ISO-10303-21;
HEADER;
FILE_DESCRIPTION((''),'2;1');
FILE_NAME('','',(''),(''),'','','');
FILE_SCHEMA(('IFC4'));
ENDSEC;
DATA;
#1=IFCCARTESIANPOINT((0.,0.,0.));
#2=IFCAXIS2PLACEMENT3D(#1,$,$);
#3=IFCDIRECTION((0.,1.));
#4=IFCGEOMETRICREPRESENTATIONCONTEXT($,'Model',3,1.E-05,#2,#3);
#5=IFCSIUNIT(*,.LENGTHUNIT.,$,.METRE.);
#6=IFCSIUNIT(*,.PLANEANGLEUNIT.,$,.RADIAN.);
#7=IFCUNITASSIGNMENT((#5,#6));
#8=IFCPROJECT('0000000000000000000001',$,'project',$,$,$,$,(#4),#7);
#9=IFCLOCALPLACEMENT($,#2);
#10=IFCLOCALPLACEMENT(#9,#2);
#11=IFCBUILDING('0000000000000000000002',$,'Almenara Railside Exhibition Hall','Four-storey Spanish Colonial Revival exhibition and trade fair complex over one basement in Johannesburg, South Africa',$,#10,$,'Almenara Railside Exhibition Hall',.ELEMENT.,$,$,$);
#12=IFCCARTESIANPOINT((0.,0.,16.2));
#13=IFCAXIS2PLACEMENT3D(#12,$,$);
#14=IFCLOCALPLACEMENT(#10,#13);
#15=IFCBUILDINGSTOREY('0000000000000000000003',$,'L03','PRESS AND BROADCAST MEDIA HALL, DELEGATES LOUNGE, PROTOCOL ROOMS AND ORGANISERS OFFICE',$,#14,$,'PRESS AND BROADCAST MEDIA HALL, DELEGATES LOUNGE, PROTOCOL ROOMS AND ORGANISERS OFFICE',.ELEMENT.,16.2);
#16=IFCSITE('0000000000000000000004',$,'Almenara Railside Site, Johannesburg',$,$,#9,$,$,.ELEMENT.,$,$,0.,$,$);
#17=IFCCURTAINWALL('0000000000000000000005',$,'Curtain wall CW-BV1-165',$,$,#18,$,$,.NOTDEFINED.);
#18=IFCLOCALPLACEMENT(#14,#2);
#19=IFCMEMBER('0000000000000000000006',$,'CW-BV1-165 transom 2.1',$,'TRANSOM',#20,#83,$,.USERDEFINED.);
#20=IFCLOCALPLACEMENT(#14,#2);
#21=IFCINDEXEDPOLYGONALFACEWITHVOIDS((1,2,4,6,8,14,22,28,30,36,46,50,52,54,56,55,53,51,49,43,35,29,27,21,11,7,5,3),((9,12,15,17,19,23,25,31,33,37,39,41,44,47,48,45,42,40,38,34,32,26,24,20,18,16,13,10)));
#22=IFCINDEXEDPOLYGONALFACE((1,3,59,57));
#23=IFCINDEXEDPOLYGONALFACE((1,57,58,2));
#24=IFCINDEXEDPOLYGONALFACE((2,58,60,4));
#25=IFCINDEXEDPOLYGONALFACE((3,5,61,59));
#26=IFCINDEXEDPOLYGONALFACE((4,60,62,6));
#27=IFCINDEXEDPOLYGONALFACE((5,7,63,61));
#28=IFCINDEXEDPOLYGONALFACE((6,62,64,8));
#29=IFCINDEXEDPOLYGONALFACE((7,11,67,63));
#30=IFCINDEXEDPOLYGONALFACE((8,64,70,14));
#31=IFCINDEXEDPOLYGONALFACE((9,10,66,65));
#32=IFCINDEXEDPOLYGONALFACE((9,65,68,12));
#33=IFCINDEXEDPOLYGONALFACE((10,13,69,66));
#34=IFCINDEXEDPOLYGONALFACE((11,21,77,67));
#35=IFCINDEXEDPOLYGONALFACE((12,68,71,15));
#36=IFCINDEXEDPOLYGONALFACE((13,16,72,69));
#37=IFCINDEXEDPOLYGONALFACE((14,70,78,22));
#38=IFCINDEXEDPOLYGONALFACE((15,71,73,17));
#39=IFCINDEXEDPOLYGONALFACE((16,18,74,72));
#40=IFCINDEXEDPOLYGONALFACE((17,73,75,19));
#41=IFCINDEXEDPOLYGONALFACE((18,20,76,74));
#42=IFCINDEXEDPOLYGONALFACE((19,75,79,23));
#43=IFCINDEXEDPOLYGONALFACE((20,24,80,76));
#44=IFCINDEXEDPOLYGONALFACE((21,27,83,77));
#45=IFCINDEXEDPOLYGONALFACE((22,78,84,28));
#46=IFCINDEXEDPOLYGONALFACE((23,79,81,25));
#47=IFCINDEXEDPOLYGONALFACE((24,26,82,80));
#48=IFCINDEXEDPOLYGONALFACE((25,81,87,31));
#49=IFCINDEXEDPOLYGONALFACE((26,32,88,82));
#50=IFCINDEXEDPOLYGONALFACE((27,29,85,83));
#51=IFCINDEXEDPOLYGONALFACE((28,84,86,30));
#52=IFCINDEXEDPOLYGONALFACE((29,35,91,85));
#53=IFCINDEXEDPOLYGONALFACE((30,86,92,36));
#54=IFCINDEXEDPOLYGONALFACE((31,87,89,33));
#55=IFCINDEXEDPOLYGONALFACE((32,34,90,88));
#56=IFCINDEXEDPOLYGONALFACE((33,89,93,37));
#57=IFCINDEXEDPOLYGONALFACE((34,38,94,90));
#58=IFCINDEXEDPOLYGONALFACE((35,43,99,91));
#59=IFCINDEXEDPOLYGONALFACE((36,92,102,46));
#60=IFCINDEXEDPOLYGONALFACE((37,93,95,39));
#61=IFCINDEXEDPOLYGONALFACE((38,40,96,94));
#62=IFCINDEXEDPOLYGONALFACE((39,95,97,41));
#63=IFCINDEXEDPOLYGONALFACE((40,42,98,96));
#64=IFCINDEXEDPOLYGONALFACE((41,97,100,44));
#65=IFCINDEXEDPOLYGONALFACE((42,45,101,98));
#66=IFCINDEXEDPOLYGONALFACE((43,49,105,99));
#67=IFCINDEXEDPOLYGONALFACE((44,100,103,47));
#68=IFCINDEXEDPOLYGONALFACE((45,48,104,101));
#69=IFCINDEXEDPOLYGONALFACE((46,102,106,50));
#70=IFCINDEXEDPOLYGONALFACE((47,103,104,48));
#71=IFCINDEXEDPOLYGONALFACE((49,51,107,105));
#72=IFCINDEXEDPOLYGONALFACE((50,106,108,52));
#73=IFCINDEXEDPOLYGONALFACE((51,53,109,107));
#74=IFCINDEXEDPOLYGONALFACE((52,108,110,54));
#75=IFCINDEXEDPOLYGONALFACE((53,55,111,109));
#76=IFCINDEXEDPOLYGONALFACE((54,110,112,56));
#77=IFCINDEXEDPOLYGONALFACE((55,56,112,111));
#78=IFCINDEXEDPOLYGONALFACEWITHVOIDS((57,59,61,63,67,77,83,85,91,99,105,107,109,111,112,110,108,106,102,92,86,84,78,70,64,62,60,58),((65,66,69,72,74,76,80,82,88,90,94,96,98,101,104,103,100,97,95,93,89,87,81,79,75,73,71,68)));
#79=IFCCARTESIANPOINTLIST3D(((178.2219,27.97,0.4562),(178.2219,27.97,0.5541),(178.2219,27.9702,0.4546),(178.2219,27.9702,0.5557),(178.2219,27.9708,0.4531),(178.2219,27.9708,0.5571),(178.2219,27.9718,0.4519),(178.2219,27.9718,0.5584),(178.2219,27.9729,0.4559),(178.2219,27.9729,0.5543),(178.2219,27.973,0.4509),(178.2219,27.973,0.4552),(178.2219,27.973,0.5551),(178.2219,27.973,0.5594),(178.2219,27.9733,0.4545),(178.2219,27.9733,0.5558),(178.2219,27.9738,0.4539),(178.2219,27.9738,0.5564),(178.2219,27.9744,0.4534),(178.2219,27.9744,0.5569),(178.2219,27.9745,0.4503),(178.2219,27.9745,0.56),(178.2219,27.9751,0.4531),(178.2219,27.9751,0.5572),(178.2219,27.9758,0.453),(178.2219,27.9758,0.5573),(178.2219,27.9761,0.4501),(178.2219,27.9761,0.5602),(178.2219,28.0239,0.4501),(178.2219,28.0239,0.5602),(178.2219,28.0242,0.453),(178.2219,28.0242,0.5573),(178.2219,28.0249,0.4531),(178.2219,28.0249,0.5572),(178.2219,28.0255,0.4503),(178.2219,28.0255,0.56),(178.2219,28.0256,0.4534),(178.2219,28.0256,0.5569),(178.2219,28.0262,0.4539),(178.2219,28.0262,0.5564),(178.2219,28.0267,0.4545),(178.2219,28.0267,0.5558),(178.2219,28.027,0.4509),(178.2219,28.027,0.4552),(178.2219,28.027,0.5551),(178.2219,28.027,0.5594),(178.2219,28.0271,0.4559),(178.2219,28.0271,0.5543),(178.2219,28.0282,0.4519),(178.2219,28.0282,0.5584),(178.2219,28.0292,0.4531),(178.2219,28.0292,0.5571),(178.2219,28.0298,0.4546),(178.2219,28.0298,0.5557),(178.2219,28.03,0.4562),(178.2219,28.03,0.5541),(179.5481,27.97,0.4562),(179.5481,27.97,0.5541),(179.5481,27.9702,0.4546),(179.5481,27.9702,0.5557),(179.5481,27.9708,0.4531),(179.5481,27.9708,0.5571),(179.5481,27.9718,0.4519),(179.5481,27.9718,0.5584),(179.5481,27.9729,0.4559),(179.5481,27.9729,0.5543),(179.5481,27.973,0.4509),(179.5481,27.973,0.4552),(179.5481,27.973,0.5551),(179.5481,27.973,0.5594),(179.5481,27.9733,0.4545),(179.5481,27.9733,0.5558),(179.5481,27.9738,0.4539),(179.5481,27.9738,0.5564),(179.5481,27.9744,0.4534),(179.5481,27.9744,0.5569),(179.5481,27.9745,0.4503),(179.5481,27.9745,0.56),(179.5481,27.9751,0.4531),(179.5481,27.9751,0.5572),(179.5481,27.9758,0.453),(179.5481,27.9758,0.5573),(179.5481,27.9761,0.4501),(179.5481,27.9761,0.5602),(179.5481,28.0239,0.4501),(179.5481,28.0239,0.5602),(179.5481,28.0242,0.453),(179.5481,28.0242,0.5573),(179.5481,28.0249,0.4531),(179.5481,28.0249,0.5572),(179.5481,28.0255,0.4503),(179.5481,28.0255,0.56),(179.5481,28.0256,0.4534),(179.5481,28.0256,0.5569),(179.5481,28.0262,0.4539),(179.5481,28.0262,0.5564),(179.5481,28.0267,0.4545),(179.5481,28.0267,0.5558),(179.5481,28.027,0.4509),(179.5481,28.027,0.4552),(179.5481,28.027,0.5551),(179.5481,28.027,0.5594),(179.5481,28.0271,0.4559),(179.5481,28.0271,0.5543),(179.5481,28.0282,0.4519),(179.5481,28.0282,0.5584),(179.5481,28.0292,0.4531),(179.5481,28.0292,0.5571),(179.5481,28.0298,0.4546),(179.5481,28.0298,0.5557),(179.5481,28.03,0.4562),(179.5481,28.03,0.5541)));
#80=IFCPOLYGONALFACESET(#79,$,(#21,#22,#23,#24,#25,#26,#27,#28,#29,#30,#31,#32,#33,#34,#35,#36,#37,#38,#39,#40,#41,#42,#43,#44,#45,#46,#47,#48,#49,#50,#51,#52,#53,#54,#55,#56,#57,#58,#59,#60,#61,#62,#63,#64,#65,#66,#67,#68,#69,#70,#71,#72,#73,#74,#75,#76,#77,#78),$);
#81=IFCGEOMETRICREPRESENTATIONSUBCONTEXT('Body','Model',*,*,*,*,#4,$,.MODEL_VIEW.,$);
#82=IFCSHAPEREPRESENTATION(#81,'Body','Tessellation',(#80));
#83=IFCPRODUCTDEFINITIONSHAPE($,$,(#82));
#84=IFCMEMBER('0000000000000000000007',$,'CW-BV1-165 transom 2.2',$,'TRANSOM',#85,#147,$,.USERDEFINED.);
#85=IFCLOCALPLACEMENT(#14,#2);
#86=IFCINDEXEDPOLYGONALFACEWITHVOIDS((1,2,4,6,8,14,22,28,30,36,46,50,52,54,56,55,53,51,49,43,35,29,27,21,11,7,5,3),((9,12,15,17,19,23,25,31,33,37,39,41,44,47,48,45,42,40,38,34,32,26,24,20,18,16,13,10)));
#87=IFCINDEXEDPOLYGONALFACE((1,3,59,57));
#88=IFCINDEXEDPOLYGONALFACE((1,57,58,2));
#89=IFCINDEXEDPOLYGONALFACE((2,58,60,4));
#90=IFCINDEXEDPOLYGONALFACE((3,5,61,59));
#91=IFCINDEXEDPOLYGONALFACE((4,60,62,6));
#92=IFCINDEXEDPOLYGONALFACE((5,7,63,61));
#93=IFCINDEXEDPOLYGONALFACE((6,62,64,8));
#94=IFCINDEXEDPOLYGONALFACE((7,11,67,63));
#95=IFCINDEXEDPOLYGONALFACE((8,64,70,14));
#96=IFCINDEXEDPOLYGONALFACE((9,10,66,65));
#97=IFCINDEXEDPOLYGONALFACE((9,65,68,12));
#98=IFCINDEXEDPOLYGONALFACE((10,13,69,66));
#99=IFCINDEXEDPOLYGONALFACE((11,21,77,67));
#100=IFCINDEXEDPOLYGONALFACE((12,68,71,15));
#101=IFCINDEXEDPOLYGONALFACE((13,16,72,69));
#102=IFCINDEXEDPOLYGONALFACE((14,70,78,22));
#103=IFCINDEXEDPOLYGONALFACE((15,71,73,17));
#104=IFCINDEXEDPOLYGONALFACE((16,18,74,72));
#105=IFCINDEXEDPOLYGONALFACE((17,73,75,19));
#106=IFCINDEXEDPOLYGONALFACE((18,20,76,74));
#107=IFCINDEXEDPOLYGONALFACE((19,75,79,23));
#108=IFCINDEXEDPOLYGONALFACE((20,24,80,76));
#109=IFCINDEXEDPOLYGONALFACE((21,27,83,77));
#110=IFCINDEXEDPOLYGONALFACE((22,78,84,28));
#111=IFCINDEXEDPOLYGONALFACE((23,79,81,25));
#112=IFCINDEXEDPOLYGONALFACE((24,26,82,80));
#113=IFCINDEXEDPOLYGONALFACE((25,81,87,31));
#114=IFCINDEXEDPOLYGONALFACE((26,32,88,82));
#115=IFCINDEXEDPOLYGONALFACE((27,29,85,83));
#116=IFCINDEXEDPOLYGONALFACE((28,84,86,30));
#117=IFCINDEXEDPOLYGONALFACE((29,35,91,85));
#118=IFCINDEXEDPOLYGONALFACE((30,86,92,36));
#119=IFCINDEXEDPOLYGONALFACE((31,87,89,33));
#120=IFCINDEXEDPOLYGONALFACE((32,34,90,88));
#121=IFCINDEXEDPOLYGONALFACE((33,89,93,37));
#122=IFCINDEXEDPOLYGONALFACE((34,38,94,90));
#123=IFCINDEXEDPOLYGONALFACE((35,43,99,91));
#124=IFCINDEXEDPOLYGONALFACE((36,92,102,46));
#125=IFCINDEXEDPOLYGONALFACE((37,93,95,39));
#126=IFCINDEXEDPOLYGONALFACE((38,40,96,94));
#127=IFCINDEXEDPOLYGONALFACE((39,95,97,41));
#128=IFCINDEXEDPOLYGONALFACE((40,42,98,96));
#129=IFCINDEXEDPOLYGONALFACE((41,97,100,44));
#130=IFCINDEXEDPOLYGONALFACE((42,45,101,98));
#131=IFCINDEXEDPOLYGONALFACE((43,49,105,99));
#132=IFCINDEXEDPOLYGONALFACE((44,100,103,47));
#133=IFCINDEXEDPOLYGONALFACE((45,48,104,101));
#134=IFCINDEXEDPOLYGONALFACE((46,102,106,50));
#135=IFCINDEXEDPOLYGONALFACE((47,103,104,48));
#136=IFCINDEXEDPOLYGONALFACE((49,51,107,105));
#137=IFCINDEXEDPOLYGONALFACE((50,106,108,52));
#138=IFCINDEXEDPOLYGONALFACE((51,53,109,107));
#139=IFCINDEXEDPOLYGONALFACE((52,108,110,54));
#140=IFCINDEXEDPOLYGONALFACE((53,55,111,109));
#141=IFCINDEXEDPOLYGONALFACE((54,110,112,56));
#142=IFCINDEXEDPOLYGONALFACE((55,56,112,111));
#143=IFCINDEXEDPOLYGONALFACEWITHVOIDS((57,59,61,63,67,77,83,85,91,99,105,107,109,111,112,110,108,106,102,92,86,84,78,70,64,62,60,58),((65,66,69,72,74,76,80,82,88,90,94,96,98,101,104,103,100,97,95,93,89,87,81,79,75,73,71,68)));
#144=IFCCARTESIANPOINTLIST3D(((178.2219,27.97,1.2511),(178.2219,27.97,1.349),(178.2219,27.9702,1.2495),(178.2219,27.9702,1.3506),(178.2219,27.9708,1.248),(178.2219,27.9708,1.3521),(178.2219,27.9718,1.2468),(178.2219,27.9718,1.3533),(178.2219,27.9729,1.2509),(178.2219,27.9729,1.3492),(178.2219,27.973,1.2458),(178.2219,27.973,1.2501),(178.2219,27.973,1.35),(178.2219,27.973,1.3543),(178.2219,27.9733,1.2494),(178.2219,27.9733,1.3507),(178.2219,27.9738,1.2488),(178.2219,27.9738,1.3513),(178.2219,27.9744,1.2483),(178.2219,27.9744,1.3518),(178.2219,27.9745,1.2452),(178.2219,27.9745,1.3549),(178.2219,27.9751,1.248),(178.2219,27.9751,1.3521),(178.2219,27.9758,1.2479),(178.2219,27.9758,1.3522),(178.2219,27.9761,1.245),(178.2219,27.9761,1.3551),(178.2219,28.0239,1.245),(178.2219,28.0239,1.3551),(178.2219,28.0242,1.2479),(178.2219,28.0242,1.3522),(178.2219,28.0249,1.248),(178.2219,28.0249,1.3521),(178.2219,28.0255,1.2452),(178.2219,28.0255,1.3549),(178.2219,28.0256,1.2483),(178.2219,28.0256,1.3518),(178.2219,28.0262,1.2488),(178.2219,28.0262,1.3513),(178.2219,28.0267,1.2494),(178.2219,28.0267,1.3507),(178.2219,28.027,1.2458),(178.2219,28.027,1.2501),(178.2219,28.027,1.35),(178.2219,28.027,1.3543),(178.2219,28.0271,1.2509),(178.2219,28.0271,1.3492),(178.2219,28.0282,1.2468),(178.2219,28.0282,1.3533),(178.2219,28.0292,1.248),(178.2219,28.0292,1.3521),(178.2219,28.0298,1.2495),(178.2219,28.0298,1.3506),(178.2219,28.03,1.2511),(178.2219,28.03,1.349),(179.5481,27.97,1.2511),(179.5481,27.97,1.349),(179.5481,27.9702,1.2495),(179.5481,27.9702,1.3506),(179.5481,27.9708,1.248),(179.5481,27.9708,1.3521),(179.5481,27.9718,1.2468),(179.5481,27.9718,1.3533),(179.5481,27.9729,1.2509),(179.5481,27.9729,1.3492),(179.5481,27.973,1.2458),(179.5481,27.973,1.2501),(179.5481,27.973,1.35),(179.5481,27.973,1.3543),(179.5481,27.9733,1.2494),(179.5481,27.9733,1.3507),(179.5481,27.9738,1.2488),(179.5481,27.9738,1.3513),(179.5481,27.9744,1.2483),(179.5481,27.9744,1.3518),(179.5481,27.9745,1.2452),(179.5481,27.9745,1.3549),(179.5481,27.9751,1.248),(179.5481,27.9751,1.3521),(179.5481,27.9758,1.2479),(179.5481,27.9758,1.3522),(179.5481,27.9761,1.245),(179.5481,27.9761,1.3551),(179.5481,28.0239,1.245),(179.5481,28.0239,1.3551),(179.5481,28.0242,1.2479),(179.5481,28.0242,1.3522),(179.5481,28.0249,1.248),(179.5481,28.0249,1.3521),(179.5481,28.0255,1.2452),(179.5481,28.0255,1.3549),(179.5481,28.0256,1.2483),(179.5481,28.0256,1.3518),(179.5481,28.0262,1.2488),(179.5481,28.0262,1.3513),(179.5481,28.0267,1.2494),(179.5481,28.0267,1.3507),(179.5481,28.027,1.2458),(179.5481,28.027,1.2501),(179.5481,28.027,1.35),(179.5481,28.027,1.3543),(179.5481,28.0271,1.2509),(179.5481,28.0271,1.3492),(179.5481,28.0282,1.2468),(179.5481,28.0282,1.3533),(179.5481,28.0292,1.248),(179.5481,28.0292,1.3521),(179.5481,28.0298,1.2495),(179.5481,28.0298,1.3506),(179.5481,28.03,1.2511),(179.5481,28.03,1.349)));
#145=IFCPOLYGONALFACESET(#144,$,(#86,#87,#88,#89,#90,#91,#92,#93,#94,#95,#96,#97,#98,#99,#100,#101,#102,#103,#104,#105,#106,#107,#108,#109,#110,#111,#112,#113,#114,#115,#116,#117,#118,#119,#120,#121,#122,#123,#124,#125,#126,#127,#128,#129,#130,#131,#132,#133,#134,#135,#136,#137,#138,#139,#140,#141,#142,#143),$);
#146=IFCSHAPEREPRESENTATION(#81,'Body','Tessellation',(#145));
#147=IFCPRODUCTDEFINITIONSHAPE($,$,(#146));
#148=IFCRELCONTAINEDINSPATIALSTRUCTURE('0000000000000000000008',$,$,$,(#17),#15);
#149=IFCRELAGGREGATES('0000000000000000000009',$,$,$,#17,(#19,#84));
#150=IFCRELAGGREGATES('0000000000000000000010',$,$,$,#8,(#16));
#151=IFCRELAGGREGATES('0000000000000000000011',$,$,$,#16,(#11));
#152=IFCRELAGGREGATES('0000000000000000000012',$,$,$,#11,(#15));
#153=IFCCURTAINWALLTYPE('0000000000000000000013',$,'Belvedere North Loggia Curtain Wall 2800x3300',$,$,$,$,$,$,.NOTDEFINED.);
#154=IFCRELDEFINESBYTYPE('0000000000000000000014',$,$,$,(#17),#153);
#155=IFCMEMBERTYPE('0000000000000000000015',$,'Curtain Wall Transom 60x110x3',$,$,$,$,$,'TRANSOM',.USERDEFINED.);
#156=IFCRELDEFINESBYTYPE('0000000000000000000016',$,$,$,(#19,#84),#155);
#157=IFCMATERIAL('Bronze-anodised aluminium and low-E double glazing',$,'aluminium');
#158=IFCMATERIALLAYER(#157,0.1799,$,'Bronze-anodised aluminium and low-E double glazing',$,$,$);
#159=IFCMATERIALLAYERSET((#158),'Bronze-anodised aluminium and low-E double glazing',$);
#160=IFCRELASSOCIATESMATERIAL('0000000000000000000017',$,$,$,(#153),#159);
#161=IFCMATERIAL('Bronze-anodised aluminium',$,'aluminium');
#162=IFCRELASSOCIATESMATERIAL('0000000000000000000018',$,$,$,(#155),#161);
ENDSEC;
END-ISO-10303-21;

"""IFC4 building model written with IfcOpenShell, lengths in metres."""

from ifc_helpers import new_model, si_unit, direction, frame, origin, origin_2d, place, context, subcontext, project, spatial, hollow_rectangle, extrude, material, layer, layer_set, material_profile, profile_set, type_object, element, aggregate, save


model = new_model("IFC4")

# Units and contexts
model_context = context("Model", 3, precision=1e-05, world=origin(), true_north=direction((0.0, 1.0)))
body_context = subcontext(model_context, "Body", "Model", "MODEL_VIEW")
ifc_project = project(units=[si_unit("LENGTHUNIT", "METRE"), si_unit("PLANEANGLEUNIT", "RADIAN")], contexts=[model_context])

# Site, building, storey
site_placement = place(None, origin())
site = spatial("IfcSite", under=ifc_project, at=site_placement, Name="Almenara Railside Site, Johannesburg", CompositionType="ELEMENT", RefElevation=0.0)
building_placement = place(site_placement, origin())
building = spatial("IfcBuilding", under=site, at=building_placement, Name="Almenara Railside Exhibition Hall", Description="Four-storey Spanish Colonial Revival exhibition and trade fair complex over one basement in Johannesburg, South Africa", LongName="Almenara Railside Exhibition Hall", CompositionType="ELEMENT")
storey_placement = place(building_placement, frame((0.0, 0.0, 16.2)))
storey = spatial("IfcBuildingStorey", under=building, at=storey_placement, Name="L03", Description="PRESS AND BROADCAST MEDIA HALL, DELEGATES LOUNGE, PROTOCOL ROOMS AND ORGANISERS OFFICE", LongName="PRESS AND BROADCAST MEDIA HALL, DELEGATES LOUNGE, PROTOCOL ROOMS AND ORGANISERS OFFICE", CompositionType="ELEMENT", Elevation=16.2)

# Shared definitions
ifc_material_1 = material(Name="Bronze-anodised aluminium and low-E double glazing", Category="aluminium")
ifc_layer_1 = layer(ifc_material_1, 0.1799, Name="Bronze-anodised aluminium and low-E double glazing")
ifc_layer_set_1 = layer_set([ifc_layer_1], Name="Bronze-anodised aluminium and low-E double glazing")
curtain_wall_type = type_object("IfcCurtainWallType", Name="Belvedere North Loggia Curtain Wall 2800x3300", PredefinedType="NOTDEFINED", material=ifc_layer_set_1)
ifc_material_2 = material(Name="Bronze-anodised aluminium", Category="aluminium")

# Curtain wall
curtain_wall_1_placement = place(storey_placement, origin())
curtain_wall_1 = element("IfcCurtainWall", 1, at=curtain_wall_1_placement, inside=storey, type_object=curtain_wall_type, Name="Curtain wall CW-BV1-165", PredefinedType="NOTDEFINED")

# Members
ifc_material_profile_1 = material_profile(ifc_material_2, hollow_rectangle(XDim=0.0601, YDim=0.1101, WallThickness=0.0029, InnerFilletRadius=0.0029, OuterFilletRadius=0.0061, at=origin_2d()), Name="ALU-TRN 60x110x3")
ifc_profile_set_1 = profile_set([ifc_material_profile_1], Name="Bronze-anodised aluminium")
member_type_1 = type_object("IfcMemberType", Name="Curtain Wall Transom 60x110x3", ElementType="TRANSOM", PredefinedType="USERDEFINED", material=ifc_profile_set_1)
member_1_placement = place(storey_placement, frame((178.2219, 28.0, 0.5051), z_axis=(1.0, 0.0, 0.0), x_axis=(0.0, 1.0, 0.0)))
member_1 = element("IfcMember", 2, at=member_1_placement, type_object=member_type_1, Name="CW-BV1-165 transom 2.1", ObjectType="TRANSOM", PredefinedType="USERDEFINED", context=body_context, shape_type="SweptSolid", body=[
    extrude(hollow_rectangle(XDim=0.0601, YDim=0.1101, WallThickness=0.0029, InnerFilletRadius=0.0029, OuterFilletRadius=0.0061, at=origin_2d()), origin(), (0.0, 0.0, 1.0), 1.3262),
])
member_2_placement = place(storey_placement, frame((178.2219, 28.0, 1.3), z_axis=(1.0, 0.0, 0.0), x_axis=(0.0, 1.0, 0.0)))
member_2 = element("IfcMember", 3, at=member_2_placement, type_object=member_type_1, Name="CW-BV1-165 transom 2.2", ObjectType="TRANSOM", PredefinedType="USERDEFINED", context=body_context, shape_type="SweptSolid", body=[
    extrude(hollow_rectangle(XDim=0.0601, YDim=0.1101, WallThickness=0.0029, InnerFilletRadius=0.0029, OuterFilletRadius=0.0061, at=origin_2d()), origin(), (0.0, 0.0, 1.0), 1.3262),
])

aggregate(curtain_wall_1, [member_1, member_2])

save(model, "model.ifc")
